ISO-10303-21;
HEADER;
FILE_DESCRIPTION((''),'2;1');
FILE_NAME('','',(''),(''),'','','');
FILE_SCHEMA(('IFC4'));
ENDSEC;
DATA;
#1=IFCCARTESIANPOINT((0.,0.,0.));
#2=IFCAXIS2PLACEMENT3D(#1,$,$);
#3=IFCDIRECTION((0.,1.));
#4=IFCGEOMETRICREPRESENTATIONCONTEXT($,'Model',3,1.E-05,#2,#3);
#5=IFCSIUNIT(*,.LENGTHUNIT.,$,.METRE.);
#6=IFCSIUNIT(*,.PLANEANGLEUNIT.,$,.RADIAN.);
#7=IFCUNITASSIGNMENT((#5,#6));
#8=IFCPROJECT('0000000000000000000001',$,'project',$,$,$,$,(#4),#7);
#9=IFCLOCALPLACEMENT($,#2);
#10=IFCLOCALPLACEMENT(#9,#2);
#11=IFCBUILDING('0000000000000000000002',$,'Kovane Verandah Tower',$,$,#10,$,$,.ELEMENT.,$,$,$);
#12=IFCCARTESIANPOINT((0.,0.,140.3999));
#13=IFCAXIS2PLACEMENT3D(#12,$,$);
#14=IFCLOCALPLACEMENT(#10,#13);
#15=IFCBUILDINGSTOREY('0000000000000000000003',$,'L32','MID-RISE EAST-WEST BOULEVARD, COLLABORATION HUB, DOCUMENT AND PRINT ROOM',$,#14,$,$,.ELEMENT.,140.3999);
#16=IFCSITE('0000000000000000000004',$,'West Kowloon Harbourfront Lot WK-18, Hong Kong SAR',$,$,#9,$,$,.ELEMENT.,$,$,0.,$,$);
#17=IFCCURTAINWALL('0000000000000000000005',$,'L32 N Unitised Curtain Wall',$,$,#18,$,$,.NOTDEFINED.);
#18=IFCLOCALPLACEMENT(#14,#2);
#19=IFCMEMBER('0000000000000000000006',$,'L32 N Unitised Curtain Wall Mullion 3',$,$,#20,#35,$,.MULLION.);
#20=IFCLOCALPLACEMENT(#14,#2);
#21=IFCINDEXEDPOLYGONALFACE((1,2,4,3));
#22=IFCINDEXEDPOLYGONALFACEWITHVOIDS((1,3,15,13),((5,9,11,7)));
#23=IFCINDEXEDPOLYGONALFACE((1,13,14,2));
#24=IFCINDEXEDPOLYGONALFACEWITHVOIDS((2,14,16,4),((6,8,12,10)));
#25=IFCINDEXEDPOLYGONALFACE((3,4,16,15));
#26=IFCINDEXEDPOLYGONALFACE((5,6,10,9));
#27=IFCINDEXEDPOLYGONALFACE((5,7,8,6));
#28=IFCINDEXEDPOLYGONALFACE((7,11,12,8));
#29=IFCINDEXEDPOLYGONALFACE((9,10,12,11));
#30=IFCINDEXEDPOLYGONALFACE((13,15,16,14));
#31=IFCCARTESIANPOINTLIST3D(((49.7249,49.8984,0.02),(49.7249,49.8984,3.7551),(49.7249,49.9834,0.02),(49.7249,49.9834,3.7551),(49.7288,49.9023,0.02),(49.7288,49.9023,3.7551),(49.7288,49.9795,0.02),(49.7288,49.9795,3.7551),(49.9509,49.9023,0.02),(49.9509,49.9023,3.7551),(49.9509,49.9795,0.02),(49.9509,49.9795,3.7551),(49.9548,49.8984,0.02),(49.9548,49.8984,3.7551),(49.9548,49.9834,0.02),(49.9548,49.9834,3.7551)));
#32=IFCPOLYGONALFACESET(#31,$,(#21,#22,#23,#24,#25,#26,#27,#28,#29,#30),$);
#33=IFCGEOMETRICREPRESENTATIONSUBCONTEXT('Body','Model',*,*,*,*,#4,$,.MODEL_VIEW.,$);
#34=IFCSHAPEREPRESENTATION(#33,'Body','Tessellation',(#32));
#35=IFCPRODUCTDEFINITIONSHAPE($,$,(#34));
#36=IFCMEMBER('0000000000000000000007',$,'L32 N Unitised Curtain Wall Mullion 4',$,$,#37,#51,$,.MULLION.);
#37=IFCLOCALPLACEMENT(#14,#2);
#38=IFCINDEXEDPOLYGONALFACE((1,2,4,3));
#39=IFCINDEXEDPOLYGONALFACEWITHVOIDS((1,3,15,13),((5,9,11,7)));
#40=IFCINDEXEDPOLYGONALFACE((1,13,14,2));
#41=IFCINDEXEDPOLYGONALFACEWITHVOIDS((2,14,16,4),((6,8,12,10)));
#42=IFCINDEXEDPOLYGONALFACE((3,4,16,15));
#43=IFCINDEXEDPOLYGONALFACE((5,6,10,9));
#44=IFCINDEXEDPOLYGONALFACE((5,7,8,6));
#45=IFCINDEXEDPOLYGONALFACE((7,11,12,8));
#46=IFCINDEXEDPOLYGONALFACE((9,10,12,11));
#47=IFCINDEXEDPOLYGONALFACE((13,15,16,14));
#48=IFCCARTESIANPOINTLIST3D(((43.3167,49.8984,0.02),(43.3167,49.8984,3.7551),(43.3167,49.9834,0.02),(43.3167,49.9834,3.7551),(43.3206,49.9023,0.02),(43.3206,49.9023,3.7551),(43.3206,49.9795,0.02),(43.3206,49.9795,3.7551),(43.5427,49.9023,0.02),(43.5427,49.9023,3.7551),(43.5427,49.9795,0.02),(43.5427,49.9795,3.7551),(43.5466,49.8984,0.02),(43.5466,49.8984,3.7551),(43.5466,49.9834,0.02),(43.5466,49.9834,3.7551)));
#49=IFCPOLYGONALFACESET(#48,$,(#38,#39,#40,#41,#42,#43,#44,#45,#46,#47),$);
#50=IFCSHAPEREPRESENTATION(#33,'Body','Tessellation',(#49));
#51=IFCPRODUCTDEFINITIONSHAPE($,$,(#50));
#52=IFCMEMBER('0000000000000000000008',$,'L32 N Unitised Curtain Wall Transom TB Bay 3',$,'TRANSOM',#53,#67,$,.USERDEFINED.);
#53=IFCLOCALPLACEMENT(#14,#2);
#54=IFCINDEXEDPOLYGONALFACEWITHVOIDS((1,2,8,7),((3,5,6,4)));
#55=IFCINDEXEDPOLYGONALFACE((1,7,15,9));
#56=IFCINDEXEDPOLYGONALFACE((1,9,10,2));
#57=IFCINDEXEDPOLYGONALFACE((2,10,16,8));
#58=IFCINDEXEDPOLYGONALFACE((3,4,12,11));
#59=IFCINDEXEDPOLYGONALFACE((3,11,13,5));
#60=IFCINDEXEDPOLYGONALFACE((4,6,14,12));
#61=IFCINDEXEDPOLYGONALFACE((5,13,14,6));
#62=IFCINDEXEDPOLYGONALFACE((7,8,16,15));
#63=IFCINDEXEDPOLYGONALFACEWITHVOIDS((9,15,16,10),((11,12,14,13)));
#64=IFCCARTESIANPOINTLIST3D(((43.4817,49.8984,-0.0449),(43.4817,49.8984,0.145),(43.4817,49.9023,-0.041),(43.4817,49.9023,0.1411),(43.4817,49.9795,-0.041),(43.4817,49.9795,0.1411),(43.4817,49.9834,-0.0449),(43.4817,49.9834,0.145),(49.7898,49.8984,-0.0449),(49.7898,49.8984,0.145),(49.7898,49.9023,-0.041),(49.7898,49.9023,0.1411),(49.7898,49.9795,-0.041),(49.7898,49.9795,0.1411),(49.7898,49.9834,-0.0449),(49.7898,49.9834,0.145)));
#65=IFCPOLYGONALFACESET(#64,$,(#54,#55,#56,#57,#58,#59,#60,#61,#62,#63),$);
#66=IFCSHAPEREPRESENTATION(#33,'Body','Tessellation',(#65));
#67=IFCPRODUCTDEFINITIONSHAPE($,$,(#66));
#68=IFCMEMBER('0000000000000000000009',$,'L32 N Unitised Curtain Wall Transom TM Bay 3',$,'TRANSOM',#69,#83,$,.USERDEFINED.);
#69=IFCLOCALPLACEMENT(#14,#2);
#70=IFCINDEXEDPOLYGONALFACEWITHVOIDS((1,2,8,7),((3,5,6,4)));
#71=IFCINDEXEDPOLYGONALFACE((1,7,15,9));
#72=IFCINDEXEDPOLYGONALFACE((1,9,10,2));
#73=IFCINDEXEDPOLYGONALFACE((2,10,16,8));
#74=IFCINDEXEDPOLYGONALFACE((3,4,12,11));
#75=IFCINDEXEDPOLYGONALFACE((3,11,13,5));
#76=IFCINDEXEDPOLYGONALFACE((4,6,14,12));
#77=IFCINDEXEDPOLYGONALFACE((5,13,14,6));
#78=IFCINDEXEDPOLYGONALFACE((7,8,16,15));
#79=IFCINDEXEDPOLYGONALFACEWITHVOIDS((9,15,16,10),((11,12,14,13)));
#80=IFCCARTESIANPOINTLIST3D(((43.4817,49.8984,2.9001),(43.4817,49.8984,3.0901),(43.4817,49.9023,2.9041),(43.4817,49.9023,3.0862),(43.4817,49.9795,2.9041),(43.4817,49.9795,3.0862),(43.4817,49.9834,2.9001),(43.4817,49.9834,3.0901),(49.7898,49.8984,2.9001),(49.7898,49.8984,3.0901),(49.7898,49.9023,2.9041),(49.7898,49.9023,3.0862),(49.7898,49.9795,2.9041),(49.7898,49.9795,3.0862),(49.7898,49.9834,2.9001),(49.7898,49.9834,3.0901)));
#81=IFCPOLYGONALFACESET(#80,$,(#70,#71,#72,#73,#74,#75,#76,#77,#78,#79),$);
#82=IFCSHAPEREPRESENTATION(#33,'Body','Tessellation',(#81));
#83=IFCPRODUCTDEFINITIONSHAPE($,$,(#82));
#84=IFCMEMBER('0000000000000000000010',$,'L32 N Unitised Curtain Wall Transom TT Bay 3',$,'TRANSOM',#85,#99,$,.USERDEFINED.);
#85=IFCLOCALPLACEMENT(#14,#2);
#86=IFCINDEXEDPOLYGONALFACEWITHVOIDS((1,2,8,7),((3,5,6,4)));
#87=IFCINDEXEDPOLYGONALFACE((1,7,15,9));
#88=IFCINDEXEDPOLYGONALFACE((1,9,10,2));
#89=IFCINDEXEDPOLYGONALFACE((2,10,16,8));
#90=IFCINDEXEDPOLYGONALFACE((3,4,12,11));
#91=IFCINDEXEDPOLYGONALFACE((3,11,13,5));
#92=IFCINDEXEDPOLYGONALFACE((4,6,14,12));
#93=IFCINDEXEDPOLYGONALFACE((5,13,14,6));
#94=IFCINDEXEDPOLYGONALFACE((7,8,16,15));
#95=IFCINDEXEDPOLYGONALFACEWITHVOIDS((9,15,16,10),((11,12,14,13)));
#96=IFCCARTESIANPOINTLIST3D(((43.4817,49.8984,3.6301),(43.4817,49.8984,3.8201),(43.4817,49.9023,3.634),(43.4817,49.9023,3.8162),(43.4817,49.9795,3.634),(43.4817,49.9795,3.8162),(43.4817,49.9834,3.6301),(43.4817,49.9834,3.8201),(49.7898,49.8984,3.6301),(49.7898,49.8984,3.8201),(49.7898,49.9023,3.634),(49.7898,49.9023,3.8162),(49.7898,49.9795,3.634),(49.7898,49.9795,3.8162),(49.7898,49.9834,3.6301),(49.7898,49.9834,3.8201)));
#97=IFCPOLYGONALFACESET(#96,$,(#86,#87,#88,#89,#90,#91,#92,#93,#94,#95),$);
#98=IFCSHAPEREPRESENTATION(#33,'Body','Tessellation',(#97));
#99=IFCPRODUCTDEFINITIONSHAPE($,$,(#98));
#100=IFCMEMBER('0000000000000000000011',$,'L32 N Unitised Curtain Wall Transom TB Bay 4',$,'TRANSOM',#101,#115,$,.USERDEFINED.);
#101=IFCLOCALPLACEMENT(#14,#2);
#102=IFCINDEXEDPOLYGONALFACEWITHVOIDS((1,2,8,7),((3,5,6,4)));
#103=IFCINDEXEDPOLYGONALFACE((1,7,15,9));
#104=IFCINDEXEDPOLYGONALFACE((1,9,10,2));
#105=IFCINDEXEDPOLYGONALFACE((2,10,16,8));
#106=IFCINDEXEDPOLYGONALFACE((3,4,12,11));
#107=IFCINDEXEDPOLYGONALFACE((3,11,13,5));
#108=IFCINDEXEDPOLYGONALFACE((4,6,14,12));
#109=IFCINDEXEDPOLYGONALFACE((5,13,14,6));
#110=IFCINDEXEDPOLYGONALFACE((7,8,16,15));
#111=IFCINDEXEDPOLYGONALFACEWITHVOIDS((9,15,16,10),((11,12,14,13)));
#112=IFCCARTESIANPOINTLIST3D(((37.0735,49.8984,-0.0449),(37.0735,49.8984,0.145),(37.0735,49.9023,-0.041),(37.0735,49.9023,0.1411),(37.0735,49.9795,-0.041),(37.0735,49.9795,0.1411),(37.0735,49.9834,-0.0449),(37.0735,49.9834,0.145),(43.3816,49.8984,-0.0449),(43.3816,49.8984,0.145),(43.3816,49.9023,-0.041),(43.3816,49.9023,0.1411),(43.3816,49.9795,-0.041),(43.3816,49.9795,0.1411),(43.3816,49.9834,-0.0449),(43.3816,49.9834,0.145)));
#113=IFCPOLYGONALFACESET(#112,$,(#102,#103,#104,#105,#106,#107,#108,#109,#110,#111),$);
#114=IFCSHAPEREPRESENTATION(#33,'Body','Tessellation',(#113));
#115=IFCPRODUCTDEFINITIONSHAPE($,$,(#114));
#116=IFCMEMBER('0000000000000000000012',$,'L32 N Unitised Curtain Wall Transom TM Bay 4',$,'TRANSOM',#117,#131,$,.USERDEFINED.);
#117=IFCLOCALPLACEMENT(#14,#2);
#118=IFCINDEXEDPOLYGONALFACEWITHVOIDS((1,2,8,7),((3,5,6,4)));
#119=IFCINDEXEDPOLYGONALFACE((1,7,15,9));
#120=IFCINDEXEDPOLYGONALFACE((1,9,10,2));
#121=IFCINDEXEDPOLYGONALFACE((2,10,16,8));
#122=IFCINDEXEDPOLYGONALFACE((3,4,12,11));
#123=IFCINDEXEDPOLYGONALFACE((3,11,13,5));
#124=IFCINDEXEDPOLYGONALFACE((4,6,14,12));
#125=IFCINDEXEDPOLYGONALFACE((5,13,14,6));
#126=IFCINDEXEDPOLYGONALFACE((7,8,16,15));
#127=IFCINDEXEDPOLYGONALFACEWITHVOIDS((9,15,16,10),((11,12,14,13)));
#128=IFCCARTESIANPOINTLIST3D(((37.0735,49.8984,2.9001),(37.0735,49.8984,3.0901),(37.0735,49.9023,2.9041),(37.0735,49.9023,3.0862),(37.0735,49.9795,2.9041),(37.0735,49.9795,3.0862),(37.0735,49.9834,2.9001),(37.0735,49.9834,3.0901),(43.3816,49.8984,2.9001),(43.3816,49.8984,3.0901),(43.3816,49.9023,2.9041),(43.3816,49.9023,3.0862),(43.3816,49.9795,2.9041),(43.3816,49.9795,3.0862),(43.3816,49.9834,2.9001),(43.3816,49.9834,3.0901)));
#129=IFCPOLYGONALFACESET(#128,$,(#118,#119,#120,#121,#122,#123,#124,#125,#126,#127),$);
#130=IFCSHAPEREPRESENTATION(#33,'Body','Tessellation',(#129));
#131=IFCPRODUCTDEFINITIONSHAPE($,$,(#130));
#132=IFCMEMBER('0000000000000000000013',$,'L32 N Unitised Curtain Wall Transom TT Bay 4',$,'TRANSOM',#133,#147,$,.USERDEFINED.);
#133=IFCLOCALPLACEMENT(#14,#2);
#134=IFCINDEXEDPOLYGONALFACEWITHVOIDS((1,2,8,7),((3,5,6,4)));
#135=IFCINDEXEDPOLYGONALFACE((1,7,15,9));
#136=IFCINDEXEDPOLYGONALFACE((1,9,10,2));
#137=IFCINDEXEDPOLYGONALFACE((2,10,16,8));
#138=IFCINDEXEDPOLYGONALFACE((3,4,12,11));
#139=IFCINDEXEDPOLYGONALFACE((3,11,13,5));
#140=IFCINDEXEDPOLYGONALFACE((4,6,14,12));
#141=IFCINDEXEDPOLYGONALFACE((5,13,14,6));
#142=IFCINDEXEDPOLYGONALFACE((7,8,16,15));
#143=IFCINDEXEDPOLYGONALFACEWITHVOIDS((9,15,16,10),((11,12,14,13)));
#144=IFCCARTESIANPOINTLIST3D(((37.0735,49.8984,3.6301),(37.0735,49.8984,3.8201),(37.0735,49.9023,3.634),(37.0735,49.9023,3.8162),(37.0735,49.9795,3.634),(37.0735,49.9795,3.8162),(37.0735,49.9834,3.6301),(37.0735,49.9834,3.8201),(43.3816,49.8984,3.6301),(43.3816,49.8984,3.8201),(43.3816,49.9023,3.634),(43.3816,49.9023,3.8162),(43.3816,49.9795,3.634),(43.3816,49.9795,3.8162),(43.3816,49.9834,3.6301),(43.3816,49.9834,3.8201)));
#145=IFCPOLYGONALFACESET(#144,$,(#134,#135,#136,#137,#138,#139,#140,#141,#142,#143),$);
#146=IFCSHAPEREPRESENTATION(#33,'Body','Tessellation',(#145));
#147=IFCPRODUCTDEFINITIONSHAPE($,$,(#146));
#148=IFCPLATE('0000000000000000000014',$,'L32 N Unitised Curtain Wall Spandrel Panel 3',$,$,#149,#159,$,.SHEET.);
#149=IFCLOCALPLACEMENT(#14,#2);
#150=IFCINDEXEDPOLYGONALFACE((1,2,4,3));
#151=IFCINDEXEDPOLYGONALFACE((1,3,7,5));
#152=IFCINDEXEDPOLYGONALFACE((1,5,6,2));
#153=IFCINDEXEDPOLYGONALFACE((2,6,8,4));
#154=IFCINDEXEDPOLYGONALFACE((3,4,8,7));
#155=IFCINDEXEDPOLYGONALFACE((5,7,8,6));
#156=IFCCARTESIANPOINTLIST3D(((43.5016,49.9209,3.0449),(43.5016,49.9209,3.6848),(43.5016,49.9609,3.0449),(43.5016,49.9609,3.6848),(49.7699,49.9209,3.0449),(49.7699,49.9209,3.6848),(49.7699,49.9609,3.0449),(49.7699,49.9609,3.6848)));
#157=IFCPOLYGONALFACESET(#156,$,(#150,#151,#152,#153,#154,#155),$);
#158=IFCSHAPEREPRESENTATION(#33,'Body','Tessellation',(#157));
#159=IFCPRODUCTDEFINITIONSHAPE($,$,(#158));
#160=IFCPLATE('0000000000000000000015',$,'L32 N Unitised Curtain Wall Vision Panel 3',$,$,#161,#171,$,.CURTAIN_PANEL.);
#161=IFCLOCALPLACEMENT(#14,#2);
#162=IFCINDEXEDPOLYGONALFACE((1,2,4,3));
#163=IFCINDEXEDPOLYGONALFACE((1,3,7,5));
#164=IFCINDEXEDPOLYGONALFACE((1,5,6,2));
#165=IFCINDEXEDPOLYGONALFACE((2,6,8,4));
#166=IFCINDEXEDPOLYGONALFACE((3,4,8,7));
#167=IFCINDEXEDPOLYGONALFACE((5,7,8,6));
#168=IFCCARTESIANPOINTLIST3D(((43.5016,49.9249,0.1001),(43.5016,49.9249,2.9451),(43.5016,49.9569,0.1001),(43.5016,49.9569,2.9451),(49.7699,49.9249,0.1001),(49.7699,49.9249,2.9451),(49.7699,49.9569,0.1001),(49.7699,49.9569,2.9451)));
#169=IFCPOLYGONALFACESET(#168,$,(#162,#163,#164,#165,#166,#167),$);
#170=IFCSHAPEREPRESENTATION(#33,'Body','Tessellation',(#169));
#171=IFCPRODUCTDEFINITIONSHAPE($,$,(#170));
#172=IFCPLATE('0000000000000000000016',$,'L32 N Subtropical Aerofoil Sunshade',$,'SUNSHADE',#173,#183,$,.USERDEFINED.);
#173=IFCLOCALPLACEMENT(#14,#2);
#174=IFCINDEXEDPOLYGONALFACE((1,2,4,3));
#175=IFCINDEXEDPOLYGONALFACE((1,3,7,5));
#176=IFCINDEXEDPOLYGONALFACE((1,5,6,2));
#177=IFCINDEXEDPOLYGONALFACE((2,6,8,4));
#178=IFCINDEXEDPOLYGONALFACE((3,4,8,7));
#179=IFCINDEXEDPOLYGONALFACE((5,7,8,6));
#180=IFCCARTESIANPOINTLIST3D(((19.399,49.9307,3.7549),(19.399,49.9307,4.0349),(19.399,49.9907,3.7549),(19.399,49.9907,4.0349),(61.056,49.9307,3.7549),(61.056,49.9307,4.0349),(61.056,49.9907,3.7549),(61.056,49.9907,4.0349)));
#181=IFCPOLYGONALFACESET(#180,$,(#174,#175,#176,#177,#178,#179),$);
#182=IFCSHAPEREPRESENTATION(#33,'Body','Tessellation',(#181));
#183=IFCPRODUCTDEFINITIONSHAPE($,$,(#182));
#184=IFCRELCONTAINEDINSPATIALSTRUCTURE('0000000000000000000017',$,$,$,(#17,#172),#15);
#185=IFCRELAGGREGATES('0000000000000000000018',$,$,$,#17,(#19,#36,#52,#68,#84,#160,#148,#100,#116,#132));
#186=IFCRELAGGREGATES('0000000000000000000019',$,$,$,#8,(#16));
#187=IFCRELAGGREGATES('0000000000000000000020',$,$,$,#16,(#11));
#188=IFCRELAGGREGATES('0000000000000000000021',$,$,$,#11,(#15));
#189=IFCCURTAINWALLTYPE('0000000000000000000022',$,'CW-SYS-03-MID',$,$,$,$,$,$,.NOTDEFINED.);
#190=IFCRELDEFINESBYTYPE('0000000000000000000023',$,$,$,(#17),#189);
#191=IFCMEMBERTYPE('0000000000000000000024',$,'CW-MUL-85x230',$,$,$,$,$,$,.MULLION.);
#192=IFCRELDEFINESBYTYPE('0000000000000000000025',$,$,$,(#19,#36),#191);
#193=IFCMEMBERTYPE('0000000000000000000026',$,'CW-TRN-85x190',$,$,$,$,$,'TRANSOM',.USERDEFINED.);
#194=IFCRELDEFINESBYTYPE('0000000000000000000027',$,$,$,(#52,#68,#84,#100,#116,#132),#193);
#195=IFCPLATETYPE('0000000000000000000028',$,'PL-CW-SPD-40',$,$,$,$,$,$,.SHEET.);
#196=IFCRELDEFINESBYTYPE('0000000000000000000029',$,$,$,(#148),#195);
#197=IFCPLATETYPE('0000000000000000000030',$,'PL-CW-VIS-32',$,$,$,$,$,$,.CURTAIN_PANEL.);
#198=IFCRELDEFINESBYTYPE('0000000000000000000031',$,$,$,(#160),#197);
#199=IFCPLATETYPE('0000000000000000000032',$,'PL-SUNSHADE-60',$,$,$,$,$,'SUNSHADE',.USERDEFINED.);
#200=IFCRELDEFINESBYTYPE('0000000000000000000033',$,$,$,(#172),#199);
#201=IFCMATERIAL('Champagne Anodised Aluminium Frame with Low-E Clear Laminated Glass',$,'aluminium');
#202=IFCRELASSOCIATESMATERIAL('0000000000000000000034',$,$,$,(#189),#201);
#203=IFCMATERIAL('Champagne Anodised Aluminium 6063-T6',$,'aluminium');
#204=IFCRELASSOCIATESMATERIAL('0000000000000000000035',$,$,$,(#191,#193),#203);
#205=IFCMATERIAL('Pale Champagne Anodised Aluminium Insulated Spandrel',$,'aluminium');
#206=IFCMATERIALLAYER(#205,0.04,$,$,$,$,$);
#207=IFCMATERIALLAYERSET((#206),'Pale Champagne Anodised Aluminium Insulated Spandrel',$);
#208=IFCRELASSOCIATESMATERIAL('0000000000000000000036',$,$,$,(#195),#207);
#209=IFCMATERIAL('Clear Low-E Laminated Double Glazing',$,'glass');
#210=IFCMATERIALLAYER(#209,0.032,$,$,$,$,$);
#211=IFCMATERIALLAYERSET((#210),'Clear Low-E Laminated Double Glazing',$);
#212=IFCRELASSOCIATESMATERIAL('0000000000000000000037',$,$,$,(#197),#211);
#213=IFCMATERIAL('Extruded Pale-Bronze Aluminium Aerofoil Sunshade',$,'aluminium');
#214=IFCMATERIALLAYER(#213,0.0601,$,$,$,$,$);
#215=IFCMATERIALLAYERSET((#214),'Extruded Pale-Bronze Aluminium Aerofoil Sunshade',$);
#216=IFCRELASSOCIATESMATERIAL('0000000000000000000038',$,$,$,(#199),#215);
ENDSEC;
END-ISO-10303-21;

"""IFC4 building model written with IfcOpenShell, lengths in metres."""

from ifc_helpers import new_model, si_unit, direction, frame, origin, origin_2d, place, context, subcontext, project, spatial, rectangle, hollow_rectangle, extrude, material, layer, layer_set, material_profile, profile_set, type_object, element, aggregate, save


model = new_model("IFC4")

# Units and contexts
model_context = context("Model", 3, precision=1e-05, world=origin(), true_north=direction((0.0, 1.0)))
body_context = subcontext(model_context, "Body", "Model", "MODEL_VIEW")
ifc_project = project(units=[si_unit("LENGTHUNIT", "METRE"), si_unit("PLANEANGLEUNIT", "RADIAN")], contexts=[model_context])

# Site, building, storey
site_placement = place(None, origin())
site = spatial("IfcSite", under=ifc_project, at=site_placement, Name="West Kowloon Harbourfront Lot WK-18, Hong Kong SAR", CompositionType="ELEMENT", RefElevation=0.0)
building_placement = place(site_placement, origin())
building = spatial("IfcBuilding", under=site, at=building_placement, Name="Kovane Verandah Tower", CompositionType="ELEMENT")
storey_placement = place(building_placement, frame((0.0, 0.0, 140.3999)))
storey = spatial("IfcBuildingStorey", under=building, at=storey_placement, Name="L32", Description="MID-RISE EAST-WEST BOULEVARD, COLLABORATION HUB, DOCUMENT AND PRINT ROOM", CompositionType="ELEMENT", Elevation=140.3999)

# Curtain wall, members, plates
ifc_material_1 = material(Name="Champagne Anodised Aluminium Frame with Low-E Clear Laminated Glass", Category="aluminium")
curtain_wall_type = type_object("IfcCurtainWallType", Name="CW-SYS-03-MID", PredefinedType="NOTDEFINED", material=ifc_material_1)
curtain_wall_placement = place(storey_placement, origin())
curtain_wall = element("IfcCurtainWall", 1, at=curtain_wall_placement, inside=storey, type_object=curtain_wall_type, Name="L32 N Unitised Curtain Wall", PredefinedType="NOTDEFINED")
ifc_material_2 = material(Name="Champagne Anodised Aluminium 6063-T6", Category="aluminium")
ifc_material_profile_1 = material_profile(ifc_material_2, hollow_rectangle(XDim=0.085, YDim=0.23, WallThickness=0.0039, at=origin_2d()), Name="AL85x230x4")
ifc_profile_set_1 = profile_set([ifc_material_profile_1], Name="Champagne Anodised Aluminium 6063-T6")
member_type_1 = type_object("IfcMemberType", Name="CW-MUL-85x230", PredefinedType="MULLION", material=ifc_profile_set_1)
member_1_placement = place(storey_placement, frame((49.8398, 49.9409, 0.02), z_axis=(0.0, 0.0, 1.0), x_axis=(0.0, 1.0, 0.0)))
member_1 = element("IfcMember", 2, at=member_1_placement, type_object=member_type_1, Name="L32 N Unitised Curtain Wall Mullion 3", PredefinedType="MULLION", context=body_context, shape_type="SweptSolid", body=[
    extrude(hollow_rectangle(XDim=0.085, YDim=0.23, WallThickness=0.0039, at=origin_2d()), origin(), (0.0, 0.0, 1.0), 3.7351),
])
member_2_placement = place(storey_placement, frame((43.4316, 49.9409, 0.02), z_axis=(0.0, 0.0, 1.0), x_axis=(0.0, 1.0, 0.0)))
member_2 = element("IfcMember", 3, at=member_2_placement, type_object=member_type_1, Name="L32 N Unitised Curtain Wall Mullion 4", PredefinedType="MULLION", context=body_context, shape_type="SweptSolid", body=[
    extrude(hollow_rectangle(XDim=0.085, YDim=0.23, WallThickness=0.0039, at=origin_2d()), origin(), (0.0, 0.0, 1.0), 3.7351),
])
ifc_material_profile_2 = material_profile(ifc_material_2, hollow_rectangle(XDim=0.085, YDim=0.1899, WallThickness=0.0039, at=origin_2d()), Name="AL85x190x4")
ifc_profile_set_2 = profile_set([ifc_material_profile_2], Name="Champagne Anodised Aluminium 6063-T6")
member_type_2 = type_object("IfcMemberType", Name="CW-TRN-85x190", ElementType="TRANSOM", PredefinedType="USERDEFINED", material=ifc_profile_set_2)
member_3_placement = place(storey_placement, frame((49.7898, 49.9409, 0.05), z_axis=(-1.0, 0.0, 0.0), x_axis=(0.0, -1.0, 0.0)))
member_3 = element("IfcMember", 4, at=member_3_placement, type_object=member_type_2, Name="L32 N Unitised Curtain Wall Transom TB Bay 3", ObjectType="TRANSOM", PredefinedType="USERDEFINED", context=body_context, shape_type="SweptSolid", body=[
    extrude(hollow_rectangle(XDim=0.085, YDim=0.1899, WallThickness=0.0039, at=origin_2d()), origin(), (0.0, 0.0, 1.0), 6.3081),
])
member_4_placement = place(storey_placement, frame((49.7898, 49.9409, 2.9951), z_axis=(-1.0, 0.0, 0.0), x_axis=(0.0, -1.0, 0.0)))
member_4 = element("IfcMember", 5, at=member_4_placement, type_object=member_type_2, Name="L32 N Unitised Curtain Wall Transom TM Bay 3", ObjectType="TRANSOM", PredefinedType="USERDEFINED", context=body_context, shape_type="SweptSolid", body=[
    extrude(hollow_rectangle(XDim=0.085, YDim=0.1899, WallThickness=0.0039, at=origin_2d()), origin(), (0.0, 0.0, 1.0), 6.3081),
])
member_5_placement = place(storey_placement, frame((49.7898, 49.9409, 3.7251), z_axis=(-1.0, 0.0, 0.0), x_axis=(0.0, -1.0, 0.0)))
member_5 = element("IfcMember", 6, at=member_5_placement, type_object=member_type_2, Name="L32 N Unitised Curtain Wall Transom TT Bay 3", ObjectType="TRANSOM", PredefinedType="USERDEFINED", context=body_context, shape_type="SweptSolid", body=[
    extrude(hollow_rectangle(XDim=0.085, YDim=0.1899, WallThickness=0.0039, at=origin_2d()), origin(), (0.0, 0.0, 1.0), 6.3081),
])
member_6_placement = place(storey_placement, frame((43.3816, 49.9409, 0.05), z_axis=(-1.0, 0.0, 0.0), x_axis=(0.0, -1.0, 0.0)))
member_6 = element("IfcMember", 7, at=member_6_placement, type_object=member_type_2, Name="L32 N Unitised Curtain Wall Transom TB Bay 4", ObjectType="TRANSOM", PredefinedType="USERDEFINED", context=body_context, shape_type="SweptSolid", body=[
    extrude(hollow_rectangle(XDim=0.085, YDim=0.1899, WallThickness=0.0039, at=origin_2d()), origin(), (0.0, 0.0, 1.0), 6.3081),
])
member_7_placement = place(storey_placement, frame((43.3816, 49.9409, 2.9951), z_axis=(-1.0, 0.0, 0.0), x_axis=(0.0, -1.0, 0.0)))
member_7 = element("IfcMember", 8, at=member_7_placement, type_object=member_type_2, Name="L32 N Unitised Curtain Wall Transom TM Bay 4", ObjectType="TRANSOM", PredefinedType="USERDEFINED", context=body_context, shape_type="SweptSolid", body=[
    extrude(hollow_rectangle(XDim=0.085, YDim=0.1899, WallThickness=0.0039, at=origin_2d()), origin(), (0.0, 0.0, 1.0), 6.3081),
])
member_8_placement = place(storey_placement, frame((43.3816, 49.9409, 3.7251), z_axis=(-1.0, 0.0, 0.0), x_axis=(0.0, -1.0, 0.0)))
member_8 = element("IfcMember", 9, at=member_8_placement, type_object=member_type_2, Name="L32 N Unitised Curtain Wall Transom TT Bay 4", ObjectType="TRANSOM", PredefinedType="USERDEFINED", context=body_context, shape_type="SweptSolid", body=[
    extrude(hollow_rectangle(XDim=0.085, YDim=0.1899, WallThickness=0.0039, at=origin_2d()), origin(), (0.0, 0.0, 1.0), 6.3081),
])
ifc_material_3 = material(Name="Pale Champagne Anodised Aluminium Insulated Spandrel", Category="aluminium")
ifc_layer_1 = layer(ifc_material_3, 0.04)
ifc_layer_set_1 = layer_set([ifc_layer_1], Name="Pale Champagne Anodised Aluminium Insulated Spandrel")
plate_type_1 = type_object("IfcPlateType", Name="PL-CW-SPD-40", PredefinedType="SHEET", material=ifc_layer_set_1)
plate_1_placement = place(storey_placement, frame((46.6357, 49.9409, 3.0449), z_axis=(0.0, 0.0, 1.0), x_axis=(-1.0, 0.0, 0.0)))
plate_1 = element("IfcPlate", 10, at=plate_1_placement, type_object=plate_type_1, Name="L32 N Unitised Curtain Wall Spandrel Panel 3", PredefinedType="SHEET", context=body_context, shape_type="SweptSolid", body=[
    extrude(rectangle(XDim=6.2683, YDim=0.04, at=origin_2d()), origin(), (0.0, 0.0, 1.0), 0.6399),
])
ifc_material_4 = material(Name="Clear Low-E Laminated Double Glazing", Category="glass")
ifc_layer_2 = layer(ifc_material_4, 0.032)
ifc_layer_set_2 = layer_set([ifc_layer_2], Name="Clear Low-E Laminated Double Glazing")
plate_type_2 = type_object("IfcPlateType", Name="PL-CW-VIS-32", PredefinedType="CURTAIN_PANEL", material=ifc_layer_set_2)
plate_2_placement = place(storey_placement, frame((46.6357, 49.9409, 0.1001), z_axis=(0.0, 0.0, 1.0), x_axis=(-1.0, 0.0, 0.0)))
plate_2 = element("IfcPlate", 11, at=plate_2_placement, type_object=plate_type_2, Name="L32 N Unitised Curtain Wall Vision Panel 3", PredefinedType="CURTAIN_PANEL", context=body_context, shape_type="SweptSolid", body=[
    extrude(rectangle(XDim=6.2683, YDim=0.032, at=origin_2d()), origin(), (0.0, 0.0, 1.0), 2.845),
])
aggregate(curtain_wall, [member_1, member_2, member_3, member_4, member_5, plate_2, plate_1, member_6, member_7, member_8])

# Plate
ifc_material_5 = material(Name="Extruded Pale-Bronze Aluminium Aerofoil Sunshade", Category="aluminium")
ifc_layer_3 = layer(ifc_material_5, 0.0601)
ifc_layer_set_3 = layer_set([ifc_layer_3], Name="Extruded Pale-Bronze Aluminium Aerofoil Sunshade")
plate_type_3 = type_object("IfcPlateType", Name="PL-SUNSHADE-60", ElementType="SUNSHADE", PredefinedType="USERDEFINED", material=ifc_layer_set_3)
plate_3_placement = place(storey_placement, frame((40.2275, 49.9607, 3.7549), z_axis=(0.0, 0.0, 1.0), x_axis=(-1.0, 0.0, 0.0)))
element("IfcPlate", 12, at=plate_3_placement, inside=storey, type_object=plate_type_3, Name="L32 N Subtropical Aerofoil Sunshade", ObjectType="SUNSHADE", PredefinedType="USERDEFINED", context=body_context, shape_type="SweptSolid", body=[
    extrude(rectangle(XDim=41.657, YDim=0.0601, at=origin_2d()), origin(), (0.0, 0.0, 1.0), 0.28),
])

save(model, "model.ifc")
